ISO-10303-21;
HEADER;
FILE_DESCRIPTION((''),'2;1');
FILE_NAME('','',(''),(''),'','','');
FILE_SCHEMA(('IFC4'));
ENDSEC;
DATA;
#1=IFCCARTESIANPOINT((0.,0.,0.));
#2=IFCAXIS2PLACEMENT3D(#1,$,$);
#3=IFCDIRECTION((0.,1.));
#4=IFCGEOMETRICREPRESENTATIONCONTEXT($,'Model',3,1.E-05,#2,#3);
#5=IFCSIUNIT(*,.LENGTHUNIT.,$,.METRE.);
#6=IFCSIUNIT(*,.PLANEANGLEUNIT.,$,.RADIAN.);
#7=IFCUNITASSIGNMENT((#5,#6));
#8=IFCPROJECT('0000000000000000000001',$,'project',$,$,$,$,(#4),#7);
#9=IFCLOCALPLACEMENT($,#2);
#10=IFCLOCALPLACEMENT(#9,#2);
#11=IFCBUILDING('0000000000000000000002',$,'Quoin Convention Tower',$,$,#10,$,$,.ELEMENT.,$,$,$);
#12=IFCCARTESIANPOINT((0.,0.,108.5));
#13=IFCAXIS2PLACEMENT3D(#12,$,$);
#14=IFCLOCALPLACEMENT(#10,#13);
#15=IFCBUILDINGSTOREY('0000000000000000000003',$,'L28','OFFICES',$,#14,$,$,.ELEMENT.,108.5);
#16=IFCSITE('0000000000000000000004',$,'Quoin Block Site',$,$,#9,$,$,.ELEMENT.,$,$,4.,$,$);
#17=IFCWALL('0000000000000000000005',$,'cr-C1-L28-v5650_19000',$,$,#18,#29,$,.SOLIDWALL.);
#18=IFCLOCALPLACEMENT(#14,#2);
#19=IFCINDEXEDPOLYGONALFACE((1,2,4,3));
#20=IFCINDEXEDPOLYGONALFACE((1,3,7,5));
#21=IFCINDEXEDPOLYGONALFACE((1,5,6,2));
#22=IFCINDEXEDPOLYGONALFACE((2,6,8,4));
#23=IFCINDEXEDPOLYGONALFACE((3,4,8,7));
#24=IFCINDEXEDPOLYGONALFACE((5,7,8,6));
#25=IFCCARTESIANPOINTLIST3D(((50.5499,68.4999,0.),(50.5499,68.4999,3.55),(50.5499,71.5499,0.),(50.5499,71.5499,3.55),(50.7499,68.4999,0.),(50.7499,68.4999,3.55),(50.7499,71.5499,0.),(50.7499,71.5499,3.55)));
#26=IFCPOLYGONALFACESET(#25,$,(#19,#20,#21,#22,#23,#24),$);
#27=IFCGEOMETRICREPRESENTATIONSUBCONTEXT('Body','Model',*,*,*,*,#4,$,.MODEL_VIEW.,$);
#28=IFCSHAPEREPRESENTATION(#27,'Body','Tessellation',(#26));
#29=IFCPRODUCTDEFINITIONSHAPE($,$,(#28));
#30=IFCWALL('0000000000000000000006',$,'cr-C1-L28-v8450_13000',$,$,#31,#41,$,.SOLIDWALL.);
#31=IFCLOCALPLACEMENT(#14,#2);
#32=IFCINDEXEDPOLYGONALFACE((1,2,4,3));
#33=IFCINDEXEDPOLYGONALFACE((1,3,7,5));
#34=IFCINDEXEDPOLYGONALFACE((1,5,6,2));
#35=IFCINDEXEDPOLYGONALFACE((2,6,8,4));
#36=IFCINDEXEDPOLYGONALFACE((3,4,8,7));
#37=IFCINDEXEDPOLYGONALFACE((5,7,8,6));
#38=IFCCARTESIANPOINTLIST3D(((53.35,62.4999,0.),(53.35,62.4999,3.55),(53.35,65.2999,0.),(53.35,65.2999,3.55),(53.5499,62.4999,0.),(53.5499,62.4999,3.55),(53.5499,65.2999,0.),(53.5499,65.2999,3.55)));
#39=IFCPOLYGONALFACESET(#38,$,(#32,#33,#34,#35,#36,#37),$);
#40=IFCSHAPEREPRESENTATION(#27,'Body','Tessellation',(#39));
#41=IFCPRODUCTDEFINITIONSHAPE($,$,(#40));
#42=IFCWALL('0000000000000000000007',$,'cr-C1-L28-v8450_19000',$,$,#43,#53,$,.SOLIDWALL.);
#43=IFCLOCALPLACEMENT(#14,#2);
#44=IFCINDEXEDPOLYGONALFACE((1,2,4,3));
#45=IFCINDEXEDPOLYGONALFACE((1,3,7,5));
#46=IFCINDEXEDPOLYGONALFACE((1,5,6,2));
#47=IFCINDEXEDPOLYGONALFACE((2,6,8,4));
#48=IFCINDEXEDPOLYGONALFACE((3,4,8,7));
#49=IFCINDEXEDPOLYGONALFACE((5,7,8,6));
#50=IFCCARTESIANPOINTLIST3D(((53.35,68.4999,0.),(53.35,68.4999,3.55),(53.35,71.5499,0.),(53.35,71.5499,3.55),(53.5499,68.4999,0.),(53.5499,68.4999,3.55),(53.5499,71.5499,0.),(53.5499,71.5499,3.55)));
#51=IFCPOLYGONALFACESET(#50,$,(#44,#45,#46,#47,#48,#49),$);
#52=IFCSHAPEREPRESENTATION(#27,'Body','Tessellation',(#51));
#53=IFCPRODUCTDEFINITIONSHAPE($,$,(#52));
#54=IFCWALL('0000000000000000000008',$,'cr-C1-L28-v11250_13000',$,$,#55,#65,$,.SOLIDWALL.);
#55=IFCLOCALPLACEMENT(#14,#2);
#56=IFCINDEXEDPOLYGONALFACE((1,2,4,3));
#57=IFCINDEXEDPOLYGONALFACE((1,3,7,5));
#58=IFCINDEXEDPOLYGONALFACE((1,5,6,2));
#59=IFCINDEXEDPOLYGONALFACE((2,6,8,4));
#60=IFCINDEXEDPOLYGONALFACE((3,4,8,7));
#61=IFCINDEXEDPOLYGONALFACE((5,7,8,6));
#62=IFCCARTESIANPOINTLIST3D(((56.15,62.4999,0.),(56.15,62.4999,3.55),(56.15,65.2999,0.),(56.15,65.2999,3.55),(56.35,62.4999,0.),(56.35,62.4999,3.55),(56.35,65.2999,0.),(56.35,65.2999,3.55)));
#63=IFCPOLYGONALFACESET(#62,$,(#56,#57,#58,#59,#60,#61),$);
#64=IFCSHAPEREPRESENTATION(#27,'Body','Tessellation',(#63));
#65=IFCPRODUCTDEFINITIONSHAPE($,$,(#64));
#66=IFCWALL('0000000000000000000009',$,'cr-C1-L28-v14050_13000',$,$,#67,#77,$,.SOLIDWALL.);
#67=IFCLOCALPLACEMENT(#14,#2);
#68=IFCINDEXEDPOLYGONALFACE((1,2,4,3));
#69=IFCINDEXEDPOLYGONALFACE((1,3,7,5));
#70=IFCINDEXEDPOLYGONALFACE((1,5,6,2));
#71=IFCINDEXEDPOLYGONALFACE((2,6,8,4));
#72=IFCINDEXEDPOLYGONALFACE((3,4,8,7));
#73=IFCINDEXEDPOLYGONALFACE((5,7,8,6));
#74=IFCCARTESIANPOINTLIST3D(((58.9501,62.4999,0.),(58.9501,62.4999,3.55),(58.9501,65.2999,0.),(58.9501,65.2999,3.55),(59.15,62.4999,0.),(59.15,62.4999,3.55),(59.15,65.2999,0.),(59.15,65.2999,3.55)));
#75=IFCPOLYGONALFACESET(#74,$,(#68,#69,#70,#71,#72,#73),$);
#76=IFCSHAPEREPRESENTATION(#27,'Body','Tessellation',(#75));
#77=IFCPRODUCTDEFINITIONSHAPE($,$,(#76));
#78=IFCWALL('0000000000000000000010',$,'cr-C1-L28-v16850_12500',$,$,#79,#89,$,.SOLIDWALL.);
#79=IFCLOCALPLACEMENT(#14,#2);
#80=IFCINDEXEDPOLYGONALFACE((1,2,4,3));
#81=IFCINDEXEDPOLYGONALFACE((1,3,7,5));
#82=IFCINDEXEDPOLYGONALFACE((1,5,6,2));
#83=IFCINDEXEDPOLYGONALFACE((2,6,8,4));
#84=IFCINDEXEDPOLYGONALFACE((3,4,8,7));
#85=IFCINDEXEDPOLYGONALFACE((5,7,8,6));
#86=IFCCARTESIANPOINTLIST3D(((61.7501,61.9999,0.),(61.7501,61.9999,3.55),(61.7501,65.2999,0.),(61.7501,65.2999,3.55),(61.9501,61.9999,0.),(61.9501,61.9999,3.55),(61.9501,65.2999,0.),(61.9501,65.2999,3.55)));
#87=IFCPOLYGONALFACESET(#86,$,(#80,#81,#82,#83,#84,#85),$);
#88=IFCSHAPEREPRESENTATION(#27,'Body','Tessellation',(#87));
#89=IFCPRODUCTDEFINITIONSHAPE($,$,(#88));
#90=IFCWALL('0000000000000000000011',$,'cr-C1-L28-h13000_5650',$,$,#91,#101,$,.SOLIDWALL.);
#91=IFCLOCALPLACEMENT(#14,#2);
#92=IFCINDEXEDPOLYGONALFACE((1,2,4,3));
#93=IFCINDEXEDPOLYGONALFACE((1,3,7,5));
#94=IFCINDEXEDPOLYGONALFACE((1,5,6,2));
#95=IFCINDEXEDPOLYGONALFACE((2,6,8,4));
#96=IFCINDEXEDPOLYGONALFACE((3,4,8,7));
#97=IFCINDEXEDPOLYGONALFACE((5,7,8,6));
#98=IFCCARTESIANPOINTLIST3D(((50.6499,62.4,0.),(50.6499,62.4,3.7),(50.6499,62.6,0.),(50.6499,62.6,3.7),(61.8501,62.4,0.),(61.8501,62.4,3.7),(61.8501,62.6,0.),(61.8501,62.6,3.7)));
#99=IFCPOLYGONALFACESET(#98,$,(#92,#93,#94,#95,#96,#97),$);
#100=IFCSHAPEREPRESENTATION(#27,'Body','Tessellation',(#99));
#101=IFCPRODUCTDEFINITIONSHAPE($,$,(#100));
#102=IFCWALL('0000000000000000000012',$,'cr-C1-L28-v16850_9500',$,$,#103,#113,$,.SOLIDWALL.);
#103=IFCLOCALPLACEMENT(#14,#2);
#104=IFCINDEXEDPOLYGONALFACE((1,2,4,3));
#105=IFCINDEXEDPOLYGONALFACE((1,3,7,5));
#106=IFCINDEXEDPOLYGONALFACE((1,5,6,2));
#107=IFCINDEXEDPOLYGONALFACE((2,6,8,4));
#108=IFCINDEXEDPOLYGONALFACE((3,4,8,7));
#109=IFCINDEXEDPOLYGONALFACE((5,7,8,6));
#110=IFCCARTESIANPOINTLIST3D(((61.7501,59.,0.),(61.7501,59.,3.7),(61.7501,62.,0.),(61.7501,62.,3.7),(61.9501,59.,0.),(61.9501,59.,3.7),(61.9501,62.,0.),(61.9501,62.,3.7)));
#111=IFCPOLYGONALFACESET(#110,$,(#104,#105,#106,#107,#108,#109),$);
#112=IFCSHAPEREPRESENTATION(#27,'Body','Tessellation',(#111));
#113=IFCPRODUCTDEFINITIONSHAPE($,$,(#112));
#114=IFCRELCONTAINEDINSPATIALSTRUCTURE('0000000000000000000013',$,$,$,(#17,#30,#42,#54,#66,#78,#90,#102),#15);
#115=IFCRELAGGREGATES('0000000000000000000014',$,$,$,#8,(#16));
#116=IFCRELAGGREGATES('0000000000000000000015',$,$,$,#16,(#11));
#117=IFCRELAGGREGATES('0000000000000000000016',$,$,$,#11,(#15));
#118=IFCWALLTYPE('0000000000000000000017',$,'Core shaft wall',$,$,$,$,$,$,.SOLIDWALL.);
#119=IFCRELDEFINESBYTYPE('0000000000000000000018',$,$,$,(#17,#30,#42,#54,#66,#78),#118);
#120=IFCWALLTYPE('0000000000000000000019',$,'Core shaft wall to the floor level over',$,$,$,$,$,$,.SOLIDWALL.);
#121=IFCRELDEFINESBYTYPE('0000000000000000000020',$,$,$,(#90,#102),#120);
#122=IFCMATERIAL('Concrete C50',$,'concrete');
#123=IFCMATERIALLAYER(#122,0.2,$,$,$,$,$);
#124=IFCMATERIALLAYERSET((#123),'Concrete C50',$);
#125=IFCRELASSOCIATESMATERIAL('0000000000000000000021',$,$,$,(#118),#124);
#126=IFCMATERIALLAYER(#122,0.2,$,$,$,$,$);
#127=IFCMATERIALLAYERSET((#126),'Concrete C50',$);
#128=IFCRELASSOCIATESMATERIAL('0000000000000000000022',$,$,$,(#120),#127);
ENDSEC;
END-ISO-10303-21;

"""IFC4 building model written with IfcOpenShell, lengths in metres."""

from ifc_helpers import new_model, si_unit, direction, frame, frame_2d, origin, place, context, subcontext, project, spatial, rectangle, extrude, material, layer, layer_set, type_object, element, save


model = new_model("IFC4")

# Units and contexts
model_context = context("Model", 3, precision=1e-05, world=origin(), true_north=direction((0.0, 1.0)))
body_context = subcontext(model_context, "Body", "Model", "MODEL_VIEW")
ifc_project = project(units=[si_unit("LENGTHUNIT", "METRE"), si_unit("PLANEANGLEUNIT", "RADIAN")], contexts=[model_context])

# Site, building, storey
site_placement = place(None, origin())
site = spatial("IfcSite", under=ifc_project, at=site_placement, Name="Quoin Block Site", CompositionType="ELEMENT", RefElevation=4.0)
building_placement = place(site_placement, origin())
building = spatial("IfcBuilding", under=site, at=building_placement, Name="Quoin Convention Tower", CompositionType="ELEMENT")
storey_placement = place(building_placement, frame((0.0, 0.0, 108.5)))
storey = spatial("IfcBuildingStorey", under=building, at=storey_placement, Name="L28", Description="OFFICES", CompositionType="ELEMENT", Elevation=108.5)

# Shared definitions
ifc_material_1 = material(Name="Concrete C50", Category="concrete")
ifc_layer_1 = layer(ifc_material_1, 0.2)
ifc_layer_set_1 = layer_set([ifc_layer_1], Name="Concrete C50")
wall_type_1 = type_object("IfcWallType", Name="Core shaft wall", PredefinedType="SOLIDWALL", material=ifc_layer_set_1)

# Walls
wall_1_placement = place(storey_placement, frame((50.6499, 68.5, 0.0), z_axis=(0.0, 0.0, 1.0), x_axis=(0.0, 1.0, 0.0)))
element("IfcWall", 1, at=wall_1_placement, inside=storey, type_object=wall_type_1, Name="cr-C1-L28-v5650_19000", PredefinedType="SOLIDWALL", context=body_context, shape_type="SweptSolid", body=[
    extrude(rectangle(XDim=3.05, YDim=0.2, at=frame_2d((1.5249, 0.0))), origin(), (0.0, 0.0, 1.0), 3.55),
])
wall_2_placement = place(storey_placement, frame((53.45, 62.5, 0.0), z_axis=(0.0, 0.0, 1.0), x_axis=(0.0, 1.0, 0.0)))
element("IfcWall", 2, at=wall_2_placement, inside=storey, type_object=wall_type_1, Name="cr-C1-L28-v8450_13000", PredefinedType="SOLIDWALL", context=body_context, shape_type="SweptSolid", body=[
    extrude(rectangle(XDim=2.8, YDim=0.2, at=frame_2d((1.3999, 0.0))), origin(), (0.0, 0.0, 1.0), 3.55),
])
wall_3_placement = place(storey_placement, frame((53.45, 68.5, 0.0), z_axis=(0.0, 0.0, 1.0), x_axis=(0.0, 1.0, 0.0)))
element("IfcWall", 3, at=wall_3_placement, inside=storey, type_object=wall_type_1, Name="cr-C1-L28-v8450_19000", PredefinedType="SOLIDWALL", context=body_context, shape_type="SweptSolid", body=[
    extrude(rectangle(XDim=3.05, YDim=0.2, at=frame_2d((1.5249, 0.0))), origin(), (0.0, 0.0, 1.0), 3.55),
])
for number, where, z_axis, x_axis, name in (
    (4, (56.25, 62.5, 0.0), (0.0, 0.0, 1.0), (0.0, 1.0, 0.0), "cr-C1-L28-v11250_13000"),
    (5, (59.05, 62.5, 0.0), (0.0, 0.0, 1.0), (0.0, 1.0, 0.0), "cr-C1-L28-v14050_13000"),
):
    element("IfcWall", number, at=place(storey_placement, frame(where, z_axis=z_axis, x_axis=x_axis)), inside=storey, type_object=wall_type_1, Name=name, PredefinedType="SOLIDWALL", context=body_context, shape_type="SweptSolid", body=[
        extrude(rectangle(XDim=2.8, YDim=0.2, at=frame_2d((1.3999, 0.0))), origin(), (0.0, 0.0, 1.0), 3.55),
    ])
wall_4_placement = place(storey_placement, frame((61.8501, 62.0, 0.0), z_axis=(0.0, 0.0, 1.0), x_axis=(0.0, 1.0, 0.0)))
element("IfcWall", 6, at=wall_4_placement, inside=storey, type_object=wall_type_1, Name="cr-C1-L28-v16850_12500", PredefinedType="SOLIDWALL", context=body_context, shape_type="SweptSolid", body=[
    extrude(rectangle(XDim=3.3, YDim=0.2, at=frame_2d((1.6499, 0.0))), origin(), (0.0, 0.0, 1.0), 3.55),
])
ifc_layer_2 = layer(ifc_material_1, 0.2)
ifc_layer_set_2 = layer_set([ifc_layer_2], Name="Concrete C50")
wall_type_2 = type_object("IfcWallType", Name="Core shaft wall to the floor level over", PredefinedType="SOLIDWALL", material=ifc_layer_set_2)
wall_5_placement = place(storey_placement, frame((50.6499, 62.5, 0.0), z_axis=(0.0, 0.0, 1.0), x_axis=(1.0, 0.0, 0.0)))
element("IfcWall", 7, at=wall_5_placement, inside=storey, type_object=wall_type_2, Name="cr-C1-L28-h13000_5650", PredefinedType="SOLIDWALL", context=body_context, shape_type="SweptSolid", body=[
    extrude(rectangle(XDim=11.2002, YDim=0.2, at=frame_2d((5.6001, 0.0))), origin(), (0.0, 0.0, 1.0), 3.7),
])
wall_6_placement = place(storey_placement, frame((61.8501, 59.0, 0.0), z_axis=(0.0, 0.0, 1.0), x_axis=(0.0, 1.0, 0.0)))
element("IfcWall", 8, at=wall_6_placement, inside=storey, type_object=wall_type_2, Name="cr-C1-L28-v16850_9500", PredefinedType="SOLIDWALL", context=body_context, shape_type="SweptSolid", body=[
    extrude(rectangle(XDim=3.0, YDim=0.2, at=frame_2d((1.5, 0.0))), origin(), (0.0, 0.0, 1.0), 3.7),
])

save(model, "model.ifc")
